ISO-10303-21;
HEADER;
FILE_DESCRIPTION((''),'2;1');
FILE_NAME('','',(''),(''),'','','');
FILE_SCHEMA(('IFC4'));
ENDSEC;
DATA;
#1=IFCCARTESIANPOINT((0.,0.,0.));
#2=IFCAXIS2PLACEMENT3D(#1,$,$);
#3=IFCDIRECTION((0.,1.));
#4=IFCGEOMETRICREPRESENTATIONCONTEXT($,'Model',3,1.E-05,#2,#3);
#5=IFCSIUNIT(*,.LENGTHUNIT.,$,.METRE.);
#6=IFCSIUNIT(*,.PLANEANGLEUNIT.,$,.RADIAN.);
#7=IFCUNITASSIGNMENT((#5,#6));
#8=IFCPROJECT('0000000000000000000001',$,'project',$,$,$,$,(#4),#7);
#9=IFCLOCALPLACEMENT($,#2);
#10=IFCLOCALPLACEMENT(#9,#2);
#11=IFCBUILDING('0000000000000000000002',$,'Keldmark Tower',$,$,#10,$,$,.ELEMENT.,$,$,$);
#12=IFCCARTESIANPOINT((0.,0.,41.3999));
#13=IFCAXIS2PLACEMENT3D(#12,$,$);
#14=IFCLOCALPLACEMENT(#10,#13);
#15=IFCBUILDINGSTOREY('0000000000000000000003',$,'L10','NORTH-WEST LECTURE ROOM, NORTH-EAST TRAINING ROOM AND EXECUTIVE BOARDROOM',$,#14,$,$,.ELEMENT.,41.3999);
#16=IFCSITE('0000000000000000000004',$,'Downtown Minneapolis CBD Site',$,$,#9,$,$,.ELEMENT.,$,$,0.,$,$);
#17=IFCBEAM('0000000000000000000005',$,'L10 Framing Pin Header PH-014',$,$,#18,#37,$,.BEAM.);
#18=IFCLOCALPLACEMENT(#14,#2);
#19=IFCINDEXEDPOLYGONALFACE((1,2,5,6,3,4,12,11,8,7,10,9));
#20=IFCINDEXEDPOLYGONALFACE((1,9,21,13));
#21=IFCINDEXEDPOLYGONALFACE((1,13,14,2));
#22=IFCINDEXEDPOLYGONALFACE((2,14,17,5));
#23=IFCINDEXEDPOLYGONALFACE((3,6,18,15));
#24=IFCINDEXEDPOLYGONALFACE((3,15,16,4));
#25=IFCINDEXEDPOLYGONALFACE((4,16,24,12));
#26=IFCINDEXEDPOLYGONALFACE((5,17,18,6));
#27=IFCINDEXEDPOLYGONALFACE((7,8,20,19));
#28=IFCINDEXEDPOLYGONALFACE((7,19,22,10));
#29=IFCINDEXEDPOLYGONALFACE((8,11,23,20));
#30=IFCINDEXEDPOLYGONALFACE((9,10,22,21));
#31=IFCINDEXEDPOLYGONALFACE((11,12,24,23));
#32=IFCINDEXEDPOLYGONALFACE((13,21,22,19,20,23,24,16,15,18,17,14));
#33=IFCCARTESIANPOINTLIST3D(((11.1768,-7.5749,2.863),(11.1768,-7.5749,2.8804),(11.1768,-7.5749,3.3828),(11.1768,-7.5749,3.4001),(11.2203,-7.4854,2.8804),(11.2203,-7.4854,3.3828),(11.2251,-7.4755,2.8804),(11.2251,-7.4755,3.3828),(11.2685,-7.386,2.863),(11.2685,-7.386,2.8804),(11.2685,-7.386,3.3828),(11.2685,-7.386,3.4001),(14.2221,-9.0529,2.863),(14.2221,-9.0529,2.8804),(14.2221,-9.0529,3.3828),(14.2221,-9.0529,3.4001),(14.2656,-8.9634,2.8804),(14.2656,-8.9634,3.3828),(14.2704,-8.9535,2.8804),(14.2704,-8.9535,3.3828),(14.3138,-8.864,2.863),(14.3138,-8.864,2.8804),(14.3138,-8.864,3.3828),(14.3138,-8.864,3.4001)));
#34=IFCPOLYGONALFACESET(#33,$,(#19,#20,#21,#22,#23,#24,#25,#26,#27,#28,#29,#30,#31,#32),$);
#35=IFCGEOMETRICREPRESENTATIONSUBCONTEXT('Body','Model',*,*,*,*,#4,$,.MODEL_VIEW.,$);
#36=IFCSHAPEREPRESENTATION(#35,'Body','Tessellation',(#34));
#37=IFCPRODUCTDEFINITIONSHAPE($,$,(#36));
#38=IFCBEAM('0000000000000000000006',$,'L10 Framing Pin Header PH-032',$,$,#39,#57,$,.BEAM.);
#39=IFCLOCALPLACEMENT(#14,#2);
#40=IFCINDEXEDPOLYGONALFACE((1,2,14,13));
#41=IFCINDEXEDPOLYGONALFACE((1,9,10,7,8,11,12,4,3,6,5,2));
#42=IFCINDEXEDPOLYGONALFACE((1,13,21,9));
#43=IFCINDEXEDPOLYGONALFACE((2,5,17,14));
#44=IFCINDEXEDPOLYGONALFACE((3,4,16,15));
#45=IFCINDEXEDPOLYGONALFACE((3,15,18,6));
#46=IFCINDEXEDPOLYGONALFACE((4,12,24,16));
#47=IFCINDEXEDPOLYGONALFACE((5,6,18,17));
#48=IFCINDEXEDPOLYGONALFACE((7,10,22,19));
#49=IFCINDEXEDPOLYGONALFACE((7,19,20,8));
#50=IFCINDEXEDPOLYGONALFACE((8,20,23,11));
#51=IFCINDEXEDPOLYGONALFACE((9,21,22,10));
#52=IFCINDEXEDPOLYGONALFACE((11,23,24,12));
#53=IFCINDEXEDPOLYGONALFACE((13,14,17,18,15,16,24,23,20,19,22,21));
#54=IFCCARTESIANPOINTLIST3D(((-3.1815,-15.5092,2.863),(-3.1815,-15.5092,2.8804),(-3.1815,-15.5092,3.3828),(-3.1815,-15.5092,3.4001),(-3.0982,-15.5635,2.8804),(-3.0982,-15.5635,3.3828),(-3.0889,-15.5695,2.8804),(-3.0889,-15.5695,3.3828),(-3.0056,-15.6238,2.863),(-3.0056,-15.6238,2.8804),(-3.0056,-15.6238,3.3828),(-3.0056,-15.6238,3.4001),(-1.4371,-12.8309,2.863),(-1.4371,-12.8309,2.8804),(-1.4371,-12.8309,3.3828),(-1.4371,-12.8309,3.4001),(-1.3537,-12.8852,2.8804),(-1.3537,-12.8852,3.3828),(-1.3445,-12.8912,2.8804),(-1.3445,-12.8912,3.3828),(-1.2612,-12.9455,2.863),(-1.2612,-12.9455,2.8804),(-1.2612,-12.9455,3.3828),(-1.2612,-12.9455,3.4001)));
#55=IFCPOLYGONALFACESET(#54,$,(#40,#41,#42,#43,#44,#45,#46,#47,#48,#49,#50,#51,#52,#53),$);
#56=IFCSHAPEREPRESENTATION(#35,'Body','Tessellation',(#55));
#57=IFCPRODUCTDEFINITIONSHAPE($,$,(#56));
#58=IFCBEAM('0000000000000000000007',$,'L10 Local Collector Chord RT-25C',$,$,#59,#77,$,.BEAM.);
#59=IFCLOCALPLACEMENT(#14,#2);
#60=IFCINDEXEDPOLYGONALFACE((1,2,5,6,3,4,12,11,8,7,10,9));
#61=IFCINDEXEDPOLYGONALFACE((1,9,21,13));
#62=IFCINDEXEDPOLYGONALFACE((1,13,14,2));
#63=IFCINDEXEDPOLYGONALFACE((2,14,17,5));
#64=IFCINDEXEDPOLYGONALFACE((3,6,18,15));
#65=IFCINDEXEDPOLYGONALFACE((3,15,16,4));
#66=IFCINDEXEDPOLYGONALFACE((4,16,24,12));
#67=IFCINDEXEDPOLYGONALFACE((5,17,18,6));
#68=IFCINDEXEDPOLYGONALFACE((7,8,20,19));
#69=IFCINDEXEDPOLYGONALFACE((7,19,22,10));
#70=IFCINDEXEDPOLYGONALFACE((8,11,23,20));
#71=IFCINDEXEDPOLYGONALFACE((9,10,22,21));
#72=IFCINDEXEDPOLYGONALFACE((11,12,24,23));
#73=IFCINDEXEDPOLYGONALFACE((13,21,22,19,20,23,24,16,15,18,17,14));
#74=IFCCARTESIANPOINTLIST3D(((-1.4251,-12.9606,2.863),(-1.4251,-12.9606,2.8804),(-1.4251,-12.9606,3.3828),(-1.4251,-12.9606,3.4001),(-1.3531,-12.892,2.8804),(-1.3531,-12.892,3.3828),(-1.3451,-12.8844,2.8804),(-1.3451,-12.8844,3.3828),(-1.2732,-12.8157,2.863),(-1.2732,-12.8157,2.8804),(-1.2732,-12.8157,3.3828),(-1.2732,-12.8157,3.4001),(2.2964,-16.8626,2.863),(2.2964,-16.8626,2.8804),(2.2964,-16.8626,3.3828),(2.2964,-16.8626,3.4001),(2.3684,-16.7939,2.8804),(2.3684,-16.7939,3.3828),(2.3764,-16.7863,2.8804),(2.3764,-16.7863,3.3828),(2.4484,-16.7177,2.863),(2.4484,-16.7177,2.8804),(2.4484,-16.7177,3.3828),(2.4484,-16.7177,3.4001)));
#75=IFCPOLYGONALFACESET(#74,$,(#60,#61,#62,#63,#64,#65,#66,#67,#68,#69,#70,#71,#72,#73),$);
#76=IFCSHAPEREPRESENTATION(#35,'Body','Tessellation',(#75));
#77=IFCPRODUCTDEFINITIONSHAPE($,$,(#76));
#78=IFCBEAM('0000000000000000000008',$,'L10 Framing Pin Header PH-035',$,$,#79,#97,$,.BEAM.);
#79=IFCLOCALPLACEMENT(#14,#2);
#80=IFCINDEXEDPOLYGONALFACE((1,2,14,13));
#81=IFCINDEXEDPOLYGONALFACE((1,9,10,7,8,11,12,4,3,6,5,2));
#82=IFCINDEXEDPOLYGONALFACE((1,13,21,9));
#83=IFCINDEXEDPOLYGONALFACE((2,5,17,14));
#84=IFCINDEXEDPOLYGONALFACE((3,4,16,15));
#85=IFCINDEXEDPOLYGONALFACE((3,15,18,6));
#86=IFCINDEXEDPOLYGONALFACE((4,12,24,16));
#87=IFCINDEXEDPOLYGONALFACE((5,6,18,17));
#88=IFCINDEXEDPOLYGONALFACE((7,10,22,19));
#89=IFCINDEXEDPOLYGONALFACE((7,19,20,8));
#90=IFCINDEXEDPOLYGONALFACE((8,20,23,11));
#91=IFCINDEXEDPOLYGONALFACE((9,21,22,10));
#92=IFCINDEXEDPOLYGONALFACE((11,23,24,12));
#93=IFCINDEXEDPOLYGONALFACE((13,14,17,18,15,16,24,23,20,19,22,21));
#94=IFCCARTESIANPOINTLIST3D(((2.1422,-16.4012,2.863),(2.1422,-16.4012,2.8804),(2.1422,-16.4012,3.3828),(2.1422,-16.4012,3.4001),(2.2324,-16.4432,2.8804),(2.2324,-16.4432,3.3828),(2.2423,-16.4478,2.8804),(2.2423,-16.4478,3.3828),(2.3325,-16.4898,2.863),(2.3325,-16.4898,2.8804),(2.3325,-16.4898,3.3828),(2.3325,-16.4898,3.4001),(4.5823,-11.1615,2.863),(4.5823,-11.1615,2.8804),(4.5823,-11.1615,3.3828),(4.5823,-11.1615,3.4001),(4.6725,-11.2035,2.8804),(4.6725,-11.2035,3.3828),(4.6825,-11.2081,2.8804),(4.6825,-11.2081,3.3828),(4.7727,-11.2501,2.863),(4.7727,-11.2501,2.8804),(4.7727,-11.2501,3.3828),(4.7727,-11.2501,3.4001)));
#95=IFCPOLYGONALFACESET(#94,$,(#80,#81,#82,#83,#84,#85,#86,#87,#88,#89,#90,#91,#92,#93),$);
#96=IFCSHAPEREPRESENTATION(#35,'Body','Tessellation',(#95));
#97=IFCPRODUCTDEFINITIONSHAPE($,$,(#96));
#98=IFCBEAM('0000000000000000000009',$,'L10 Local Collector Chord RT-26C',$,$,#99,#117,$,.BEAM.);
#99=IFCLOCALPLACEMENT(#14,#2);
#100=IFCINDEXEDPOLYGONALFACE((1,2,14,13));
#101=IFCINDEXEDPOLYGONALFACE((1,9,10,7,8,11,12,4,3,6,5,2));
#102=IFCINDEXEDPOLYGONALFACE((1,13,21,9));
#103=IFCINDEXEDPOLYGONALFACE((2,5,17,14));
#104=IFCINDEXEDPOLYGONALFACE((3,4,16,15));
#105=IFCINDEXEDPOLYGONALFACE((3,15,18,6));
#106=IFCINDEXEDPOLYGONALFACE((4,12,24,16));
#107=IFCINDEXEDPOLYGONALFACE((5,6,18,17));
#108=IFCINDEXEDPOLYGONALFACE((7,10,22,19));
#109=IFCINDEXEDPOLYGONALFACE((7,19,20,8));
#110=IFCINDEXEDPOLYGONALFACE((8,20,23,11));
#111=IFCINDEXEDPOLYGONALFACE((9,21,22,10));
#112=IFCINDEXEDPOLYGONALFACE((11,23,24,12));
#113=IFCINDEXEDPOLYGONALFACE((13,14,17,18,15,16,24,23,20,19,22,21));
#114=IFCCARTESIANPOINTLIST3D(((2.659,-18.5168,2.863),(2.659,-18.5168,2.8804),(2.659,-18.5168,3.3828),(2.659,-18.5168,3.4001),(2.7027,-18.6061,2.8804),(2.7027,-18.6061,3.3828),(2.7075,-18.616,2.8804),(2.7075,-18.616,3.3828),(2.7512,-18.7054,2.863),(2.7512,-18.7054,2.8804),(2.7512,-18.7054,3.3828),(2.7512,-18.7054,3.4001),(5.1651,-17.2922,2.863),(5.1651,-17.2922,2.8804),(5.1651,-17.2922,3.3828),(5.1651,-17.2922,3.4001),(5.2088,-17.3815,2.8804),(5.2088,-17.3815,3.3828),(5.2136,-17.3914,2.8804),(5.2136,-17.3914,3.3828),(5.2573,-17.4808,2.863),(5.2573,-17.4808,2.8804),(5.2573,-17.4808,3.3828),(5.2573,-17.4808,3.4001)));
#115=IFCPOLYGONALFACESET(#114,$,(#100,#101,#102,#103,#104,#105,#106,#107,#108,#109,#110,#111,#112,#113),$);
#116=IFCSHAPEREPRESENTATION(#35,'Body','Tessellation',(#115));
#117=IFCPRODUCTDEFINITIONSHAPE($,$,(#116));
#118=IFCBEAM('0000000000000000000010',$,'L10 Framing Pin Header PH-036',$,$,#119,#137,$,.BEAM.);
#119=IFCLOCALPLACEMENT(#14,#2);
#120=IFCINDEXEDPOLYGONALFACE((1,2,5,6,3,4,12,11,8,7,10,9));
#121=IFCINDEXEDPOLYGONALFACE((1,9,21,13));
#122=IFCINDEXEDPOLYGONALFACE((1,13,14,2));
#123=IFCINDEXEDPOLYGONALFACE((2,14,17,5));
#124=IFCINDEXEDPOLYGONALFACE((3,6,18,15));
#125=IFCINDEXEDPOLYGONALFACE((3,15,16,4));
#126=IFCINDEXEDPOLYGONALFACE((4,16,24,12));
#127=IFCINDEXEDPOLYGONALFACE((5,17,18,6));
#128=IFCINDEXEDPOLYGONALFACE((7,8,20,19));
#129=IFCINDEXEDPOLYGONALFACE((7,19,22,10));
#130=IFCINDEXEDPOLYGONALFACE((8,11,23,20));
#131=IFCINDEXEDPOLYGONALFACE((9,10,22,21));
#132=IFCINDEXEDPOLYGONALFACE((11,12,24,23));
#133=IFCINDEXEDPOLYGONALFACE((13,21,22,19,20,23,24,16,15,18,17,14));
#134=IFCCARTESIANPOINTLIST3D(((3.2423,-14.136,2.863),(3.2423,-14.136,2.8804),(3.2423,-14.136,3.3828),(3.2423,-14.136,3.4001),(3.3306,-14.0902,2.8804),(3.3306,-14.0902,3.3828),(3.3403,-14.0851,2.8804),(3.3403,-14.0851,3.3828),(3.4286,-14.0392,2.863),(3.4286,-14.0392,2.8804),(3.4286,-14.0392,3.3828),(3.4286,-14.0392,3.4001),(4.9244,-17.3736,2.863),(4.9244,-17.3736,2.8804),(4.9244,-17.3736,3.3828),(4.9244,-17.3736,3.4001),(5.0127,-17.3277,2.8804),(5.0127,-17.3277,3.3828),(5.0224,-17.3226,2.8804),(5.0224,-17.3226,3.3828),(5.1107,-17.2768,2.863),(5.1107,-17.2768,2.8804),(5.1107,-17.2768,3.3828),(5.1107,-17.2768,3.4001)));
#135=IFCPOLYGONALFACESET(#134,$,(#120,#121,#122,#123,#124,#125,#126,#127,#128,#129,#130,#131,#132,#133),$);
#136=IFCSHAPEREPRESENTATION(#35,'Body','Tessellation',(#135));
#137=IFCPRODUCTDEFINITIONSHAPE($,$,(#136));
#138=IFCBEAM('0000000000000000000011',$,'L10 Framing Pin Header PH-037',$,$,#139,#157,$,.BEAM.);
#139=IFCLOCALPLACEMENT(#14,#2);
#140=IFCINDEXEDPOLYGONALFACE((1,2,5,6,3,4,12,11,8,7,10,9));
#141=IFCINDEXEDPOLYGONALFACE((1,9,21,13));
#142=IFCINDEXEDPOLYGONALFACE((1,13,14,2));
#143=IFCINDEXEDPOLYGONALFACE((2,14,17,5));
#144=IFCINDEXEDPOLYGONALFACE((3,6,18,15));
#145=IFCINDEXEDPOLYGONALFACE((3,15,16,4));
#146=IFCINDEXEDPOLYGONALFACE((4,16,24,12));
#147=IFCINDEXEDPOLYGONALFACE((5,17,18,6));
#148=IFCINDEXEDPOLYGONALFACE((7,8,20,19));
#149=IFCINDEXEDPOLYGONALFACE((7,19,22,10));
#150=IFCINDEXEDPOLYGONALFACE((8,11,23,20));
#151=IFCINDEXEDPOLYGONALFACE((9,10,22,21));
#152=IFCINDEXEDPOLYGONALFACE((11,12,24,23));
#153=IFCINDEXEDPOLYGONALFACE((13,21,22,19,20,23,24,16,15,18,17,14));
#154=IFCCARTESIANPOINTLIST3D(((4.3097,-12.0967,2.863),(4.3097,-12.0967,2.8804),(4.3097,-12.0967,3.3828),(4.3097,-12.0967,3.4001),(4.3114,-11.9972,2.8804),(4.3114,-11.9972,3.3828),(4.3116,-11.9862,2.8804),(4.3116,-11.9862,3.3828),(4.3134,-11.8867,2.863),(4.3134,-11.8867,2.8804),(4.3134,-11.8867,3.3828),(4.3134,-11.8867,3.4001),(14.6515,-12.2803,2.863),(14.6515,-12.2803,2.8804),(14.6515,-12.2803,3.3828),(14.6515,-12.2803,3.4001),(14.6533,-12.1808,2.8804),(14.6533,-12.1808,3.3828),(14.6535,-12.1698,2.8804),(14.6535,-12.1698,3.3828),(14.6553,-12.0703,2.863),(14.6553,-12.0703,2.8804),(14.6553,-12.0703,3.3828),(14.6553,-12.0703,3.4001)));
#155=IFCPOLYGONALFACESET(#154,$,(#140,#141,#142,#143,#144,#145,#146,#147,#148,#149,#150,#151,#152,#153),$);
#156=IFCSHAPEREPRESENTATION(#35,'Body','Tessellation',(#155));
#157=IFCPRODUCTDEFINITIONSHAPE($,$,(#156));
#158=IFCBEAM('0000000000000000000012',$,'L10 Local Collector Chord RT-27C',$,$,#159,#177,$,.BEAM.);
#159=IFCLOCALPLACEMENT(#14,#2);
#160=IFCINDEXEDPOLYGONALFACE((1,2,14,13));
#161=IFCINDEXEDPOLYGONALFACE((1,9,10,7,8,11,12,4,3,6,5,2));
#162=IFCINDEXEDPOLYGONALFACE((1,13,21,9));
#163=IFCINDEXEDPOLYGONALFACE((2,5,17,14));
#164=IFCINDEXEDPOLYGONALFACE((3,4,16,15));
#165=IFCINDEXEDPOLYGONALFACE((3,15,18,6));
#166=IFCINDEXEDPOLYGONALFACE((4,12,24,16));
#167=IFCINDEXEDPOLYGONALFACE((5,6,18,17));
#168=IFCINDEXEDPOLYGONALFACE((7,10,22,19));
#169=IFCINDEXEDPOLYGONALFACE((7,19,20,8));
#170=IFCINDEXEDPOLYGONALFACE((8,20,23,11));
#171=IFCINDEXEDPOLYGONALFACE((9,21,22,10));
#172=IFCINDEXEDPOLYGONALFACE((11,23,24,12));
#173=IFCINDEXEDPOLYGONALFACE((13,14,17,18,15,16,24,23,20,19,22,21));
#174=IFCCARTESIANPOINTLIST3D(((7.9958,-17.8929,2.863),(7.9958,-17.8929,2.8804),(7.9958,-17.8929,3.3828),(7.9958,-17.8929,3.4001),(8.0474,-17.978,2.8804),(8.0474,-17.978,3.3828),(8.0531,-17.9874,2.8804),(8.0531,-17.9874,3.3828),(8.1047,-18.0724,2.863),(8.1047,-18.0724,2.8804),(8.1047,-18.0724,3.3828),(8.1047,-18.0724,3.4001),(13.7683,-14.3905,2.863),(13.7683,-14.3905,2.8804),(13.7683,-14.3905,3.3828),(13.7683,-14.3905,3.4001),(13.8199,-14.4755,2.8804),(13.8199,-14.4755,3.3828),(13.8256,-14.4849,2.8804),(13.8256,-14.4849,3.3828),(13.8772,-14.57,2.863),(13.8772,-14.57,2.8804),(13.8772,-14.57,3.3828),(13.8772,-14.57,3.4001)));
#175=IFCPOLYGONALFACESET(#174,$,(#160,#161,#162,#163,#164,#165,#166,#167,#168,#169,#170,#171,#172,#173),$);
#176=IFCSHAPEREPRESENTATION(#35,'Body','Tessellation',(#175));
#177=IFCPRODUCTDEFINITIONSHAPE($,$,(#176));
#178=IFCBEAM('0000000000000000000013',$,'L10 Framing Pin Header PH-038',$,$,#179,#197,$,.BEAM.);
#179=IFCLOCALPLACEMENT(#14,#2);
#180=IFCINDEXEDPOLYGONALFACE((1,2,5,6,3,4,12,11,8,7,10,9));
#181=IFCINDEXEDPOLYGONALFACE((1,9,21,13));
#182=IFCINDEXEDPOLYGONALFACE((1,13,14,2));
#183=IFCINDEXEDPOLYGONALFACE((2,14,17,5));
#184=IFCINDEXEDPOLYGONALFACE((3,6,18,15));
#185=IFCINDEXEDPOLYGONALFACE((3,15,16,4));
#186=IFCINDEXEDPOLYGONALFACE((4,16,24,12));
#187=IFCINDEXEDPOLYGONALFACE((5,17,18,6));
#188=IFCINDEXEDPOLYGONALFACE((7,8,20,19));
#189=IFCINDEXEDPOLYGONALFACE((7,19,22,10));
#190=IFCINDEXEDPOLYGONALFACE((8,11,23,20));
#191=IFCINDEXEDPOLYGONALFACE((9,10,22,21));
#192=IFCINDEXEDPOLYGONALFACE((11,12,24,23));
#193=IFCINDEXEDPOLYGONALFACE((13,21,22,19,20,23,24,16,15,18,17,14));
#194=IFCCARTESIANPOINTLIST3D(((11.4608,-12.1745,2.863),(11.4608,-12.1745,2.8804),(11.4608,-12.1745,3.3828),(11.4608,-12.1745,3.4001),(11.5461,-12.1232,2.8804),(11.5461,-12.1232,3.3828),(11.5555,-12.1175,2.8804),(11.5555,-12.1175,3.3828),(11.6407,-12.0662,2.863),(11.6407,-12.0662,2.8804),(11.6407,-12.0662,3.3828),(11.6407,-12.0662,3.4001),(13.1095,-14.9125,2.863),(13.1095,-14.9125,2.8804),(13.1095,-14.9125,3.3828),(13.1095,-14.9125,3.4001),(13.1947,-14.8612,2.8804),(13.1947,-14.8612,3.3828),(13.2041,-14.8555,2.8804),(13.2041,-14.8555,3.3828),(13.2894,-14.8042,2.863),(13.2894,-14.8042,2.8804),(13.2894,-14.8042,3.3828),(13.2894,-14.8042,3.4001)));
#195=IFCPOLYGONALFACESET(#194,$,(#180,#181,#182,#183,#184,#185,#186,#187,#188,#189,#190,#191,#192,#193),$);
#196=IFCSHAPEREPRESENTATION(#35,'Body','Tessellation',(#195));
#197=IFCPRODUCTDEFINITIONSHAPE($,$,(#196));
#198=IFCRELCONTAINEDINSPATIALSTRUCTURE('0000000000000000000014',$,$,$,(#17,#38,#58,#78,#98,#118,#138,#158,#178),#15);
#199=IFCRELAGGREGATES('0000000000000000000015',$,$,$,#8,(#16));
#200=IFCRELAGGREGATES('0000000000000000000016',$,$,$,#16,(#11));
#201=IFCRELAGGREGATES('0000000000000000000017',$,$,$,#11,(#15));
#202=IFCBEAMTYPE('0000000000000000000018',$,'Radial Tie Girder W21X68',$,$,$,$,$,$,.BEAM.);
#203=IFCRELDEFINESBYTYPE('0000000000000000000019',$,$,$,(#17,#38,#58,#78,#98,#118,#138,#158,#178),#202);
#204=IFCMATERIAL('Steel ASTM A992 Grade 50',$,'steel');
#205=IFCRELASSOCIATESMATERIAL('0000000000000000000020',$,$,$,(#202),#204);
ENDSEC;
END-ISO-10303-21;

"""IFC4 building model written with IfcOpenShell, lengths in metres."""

from ifc_helpers import new_model, si_unit, direction, frame, origin, origin_2d, place, context, subcontext, project, spatial, i_section, extrude, material, material_profile, profile_set, type_object, element, save


model = new_model("IFC4")

# Units and contexts
model_context = context("Model", 3, precision=1e-05, world=origin(), true_north=direction((0.0, 1.0)))
body_context = subcontext(model_context, "Body", "Model", "MODEL_VIEW")
ifc_project = project(units=[si_unit("LENGTHUNIT", "METRE"), si_unit("PLANEANGLEUNIT", "RADIAN")], contexts=[model_context])

# Site, building, storey
site_placement = place(None, origin())
site = spatial("IfcSite", under=ifc_project, at=site_placement, Name="Downtown Minneapolis CBD Site", CompositionType="ELEMENT", RefElevation=0.0)
building_placement = place(site_placement, origin())
building = spatial("IfcBuilding", under=site, at=building_placement, Name="Keldmark Tower", CompositionType="ELEMENT")
storey_placement = place(building_placement, frame((0.0, 0.0, 41.3999)))
storey = spatial("IfcBuildingStorey", under=building, at=storey_placement, Name="L10", Description="NORTH-WEST LECTURE ROOM, NORTH-EAST TRAINING ROOM AND EXECUTIVE BOARDROOM", CompositionType="ELEMENT", Elevation=41.3999)

# Beams
ifc_material_1 = material(Name="Steel ASTM A992 Grade 50", Category="steel")
ifc_material_profile_1 = material_profile(ifc_material_1, i_section(OverallWidth=0.21, OverallDepth=0.5371, WebThickness=0.011, FlangeThickness=0.0173, at=origin_2d()), Name="W21X68")
ifc_profile_set_1 = profile_set([ifc_material_profile_1], Name="Steel ASTM A992 Grade 50")
beam_type_1 = type_object("IfcBeamType", Name="Radial Tie Girder W21X68", PredefinedType="BEAM", material=ifc_profile_set_1)
beam_1_placement = place(storey_placement, frame((11.2227, -7.4805, 3.1316), z_axis=(0.899644, -0.436624, 0.0), x_axis=(0.436624, 0.899644, 0.0)))
element("IfcBeam", 1, at=beam_1_placement, inside=storey, type_object=beam_type_1, Name="L10 Framing Pin Header PH-014", PredefinedType="BEAM", context=body_context, shape_type="SweptSolid", body=[
    extrude(i_section(OverallWidth=0.21, OverallDepth=0.5371, WebThickness=0.011, FlangeThickness=0.0173, at=origin_2d()), origin(), (0.0, 0.0, 1.0), 3.385),
])
beam_2_placement = place(storey_placement, frame((-1.3491, -12.8882, 3.1316), z_axis=(-0.545767, -0.837937, 0.0), x_axis=(0.837937, -0.545767, 0.0)))
element("IfcBeam", 2, at=beam_2_placement, inside=storey, type_object=beam_type_1, Name="L10 Framing Pin Header PH-032", PredefinedType="BEAM", context=body_context, shape_type="SweptSolid", body=[
    extrude(i_section(OverallWidth=0.21, OverallDepth=0.5371, WebThickness=0.011, FlangeThickness=0.0173, at=origin_2d()), origin(), (0.0, 0.0, 1.0), 3.1963),
])
beam_3_placement = place(storey_placement, frame((-1.3491, -12.8882, 3.1316), z_axis=(0.690178, -0.723639, 0.0), x_axis=(0.723639, 0.690178, 0.0)))
element("IfcBeam", 3, at=beam_3_placement, inside=storey, type_object=beam_type_1, Name="L10 Local Collector Chord RT-25C", PredefinedType="BEAM", context=body_context, shape_type="SweptSolid", body=[
    extrude(i_section(OverallWidth=0.21, OverallDepth=0.5371, WebThickness=0.011, FlangeThickness=0.0173, at=origin_2d()), origin(), (0.0, 0.0, 1.0), 5.3921),
])
beam_4_placement = place(storey_placement, frame((4.6775, -11.2058, 3.1316), z_axis=(-0.422171, -0.906516, 0.0), x_axis=(0.906516, -0.422171, 0.0)))
element("IfcBeam", 4, at=beam_4_placement, inside=storey, type_object=beam_type_1, Name="L10 Framing Pin Header PH-035", PredefinedType="BEAM", context=body_context, shape_type="SweptSolid", body=[
    extrude(i_section(OverallWidth=0.21, OverallDepth=0.5371, WebThickness=0.011, FlangeThickness=0.0173, at=origin_2d()), origin(), (0.0, 0.0, 1.0), 5.78),
])
beam_5_placement = place(storey_placement, frame((2.7051, -18.6111, 3.1316), z_axis=(0.898469, 0.439037, 0.0), x_axis=(-0.439037, 0.898469, 0.0)))
element("IfcBeam", 5, at=beam_5_placement, inside=storey, type_object=beam_type_1, Name="L10 Local Collector Chord RT-26C", PredefinedType="BEAM", context=body_context, shape_type="SweptSolid", body=[
    extrude(i_section(OverallWidth=0.21, OverallDepth=0.5371, WebThickness=0.011, FlangeThickness=0.0173, at=origin_2d()), origin(), (0.0, 0.0, 1.0), 2.7893),
])
beam_6_placement = place(storey_placement, frame((3.3354, -14.0876, 3.1316), z_axis=(0.461051, -0.887373, 0.0), x_axis=(0.887373, 0.461051, 0.0)))
element("IfcBeam", 6, at=beam_6_placement, inside=storey, type_object=beam_type_1, Name="L10 Framing Pin Header PH-036", PredefinedType="BEAM", context=body_context, shape_type="SweptSolid", body=[
    extrude(i_section(OverallWidth=0.21, OverallDepth=0.5371, WebThickness=0.011, FlangeThickness=0.0173, at=origin_2d()), origin(), (0.0, 0.0, 1.0), 3.6484),
])
beam_7_placement = place(storey_placement, frame((4.3115, -11.9917, 3.1316), z_axis=(0.999842, -0.01775, 0.0), x_axis=(0.01775, 0.999842, 0.0)))
element("IfcBeam", 7, at=beam_7_placement, inside=storey, type_object=beam_type_1, Name="L10 Framing Pin Header PH-037", PredefinedType="BEAM", context=body_context, shape_type="SweptSolid", body=[
    extrude(i_section(OverallWidth=0.21, OverallDepth=0.5371, WebThickness=0.011, FlangeThickness=0.0173, at=origin_2d()), origin(), (0.0, 0.0, 1.0), 10.3435),
])
beam_8_placement = place(storey_placement, frame((8.0503, -17.9827, 3.1316), z_axis=(0.854936, 0.518733, 0.0), x_axis=(-0.518733, 0.854936, 0.0)))
element("IfcBeam", 8, at=beam_8_placement, inside=storey, type_object=beam_type_1, Name="L10 Local Collector Chord RT-27C", PredefinedType="BEAM", context=body_context, shape_type="SweptSolid", body=[
    extrude(i_section(OverallWidth=0.21, OverallDepth=0.5371, WebThickness=0.011, FlangeThickness=0.0173, at=origin_2d()), origin(), (0.0, 0.0, 1.0), 6.752),
])
beam_9_placement = place(storey_placement, frame((11.5508, -12.1204, 3.1316), z_axis=(0.515843, -0.856683, 0.0), x_axis=(0.856683, 0.515843, 0.0)))
element("IfcBeam", 9, at=beam_9_placement, inside=storey, type_object=beam_type_1, Name="L10 Framing Pin Header PH-038", PredefinedType="BEAM", context=body_context, shape_type="SweptSolid", body=[
    extrude(i_section(OverallWidth=0.21, OverallDepth=0.5371, WebThickness=0.011, FlangeThickness=0.0173, at=origin_2d()), origin(), (0.0, 0.0, 1.0), 3.196),
])

save(model, "model.ifc")
